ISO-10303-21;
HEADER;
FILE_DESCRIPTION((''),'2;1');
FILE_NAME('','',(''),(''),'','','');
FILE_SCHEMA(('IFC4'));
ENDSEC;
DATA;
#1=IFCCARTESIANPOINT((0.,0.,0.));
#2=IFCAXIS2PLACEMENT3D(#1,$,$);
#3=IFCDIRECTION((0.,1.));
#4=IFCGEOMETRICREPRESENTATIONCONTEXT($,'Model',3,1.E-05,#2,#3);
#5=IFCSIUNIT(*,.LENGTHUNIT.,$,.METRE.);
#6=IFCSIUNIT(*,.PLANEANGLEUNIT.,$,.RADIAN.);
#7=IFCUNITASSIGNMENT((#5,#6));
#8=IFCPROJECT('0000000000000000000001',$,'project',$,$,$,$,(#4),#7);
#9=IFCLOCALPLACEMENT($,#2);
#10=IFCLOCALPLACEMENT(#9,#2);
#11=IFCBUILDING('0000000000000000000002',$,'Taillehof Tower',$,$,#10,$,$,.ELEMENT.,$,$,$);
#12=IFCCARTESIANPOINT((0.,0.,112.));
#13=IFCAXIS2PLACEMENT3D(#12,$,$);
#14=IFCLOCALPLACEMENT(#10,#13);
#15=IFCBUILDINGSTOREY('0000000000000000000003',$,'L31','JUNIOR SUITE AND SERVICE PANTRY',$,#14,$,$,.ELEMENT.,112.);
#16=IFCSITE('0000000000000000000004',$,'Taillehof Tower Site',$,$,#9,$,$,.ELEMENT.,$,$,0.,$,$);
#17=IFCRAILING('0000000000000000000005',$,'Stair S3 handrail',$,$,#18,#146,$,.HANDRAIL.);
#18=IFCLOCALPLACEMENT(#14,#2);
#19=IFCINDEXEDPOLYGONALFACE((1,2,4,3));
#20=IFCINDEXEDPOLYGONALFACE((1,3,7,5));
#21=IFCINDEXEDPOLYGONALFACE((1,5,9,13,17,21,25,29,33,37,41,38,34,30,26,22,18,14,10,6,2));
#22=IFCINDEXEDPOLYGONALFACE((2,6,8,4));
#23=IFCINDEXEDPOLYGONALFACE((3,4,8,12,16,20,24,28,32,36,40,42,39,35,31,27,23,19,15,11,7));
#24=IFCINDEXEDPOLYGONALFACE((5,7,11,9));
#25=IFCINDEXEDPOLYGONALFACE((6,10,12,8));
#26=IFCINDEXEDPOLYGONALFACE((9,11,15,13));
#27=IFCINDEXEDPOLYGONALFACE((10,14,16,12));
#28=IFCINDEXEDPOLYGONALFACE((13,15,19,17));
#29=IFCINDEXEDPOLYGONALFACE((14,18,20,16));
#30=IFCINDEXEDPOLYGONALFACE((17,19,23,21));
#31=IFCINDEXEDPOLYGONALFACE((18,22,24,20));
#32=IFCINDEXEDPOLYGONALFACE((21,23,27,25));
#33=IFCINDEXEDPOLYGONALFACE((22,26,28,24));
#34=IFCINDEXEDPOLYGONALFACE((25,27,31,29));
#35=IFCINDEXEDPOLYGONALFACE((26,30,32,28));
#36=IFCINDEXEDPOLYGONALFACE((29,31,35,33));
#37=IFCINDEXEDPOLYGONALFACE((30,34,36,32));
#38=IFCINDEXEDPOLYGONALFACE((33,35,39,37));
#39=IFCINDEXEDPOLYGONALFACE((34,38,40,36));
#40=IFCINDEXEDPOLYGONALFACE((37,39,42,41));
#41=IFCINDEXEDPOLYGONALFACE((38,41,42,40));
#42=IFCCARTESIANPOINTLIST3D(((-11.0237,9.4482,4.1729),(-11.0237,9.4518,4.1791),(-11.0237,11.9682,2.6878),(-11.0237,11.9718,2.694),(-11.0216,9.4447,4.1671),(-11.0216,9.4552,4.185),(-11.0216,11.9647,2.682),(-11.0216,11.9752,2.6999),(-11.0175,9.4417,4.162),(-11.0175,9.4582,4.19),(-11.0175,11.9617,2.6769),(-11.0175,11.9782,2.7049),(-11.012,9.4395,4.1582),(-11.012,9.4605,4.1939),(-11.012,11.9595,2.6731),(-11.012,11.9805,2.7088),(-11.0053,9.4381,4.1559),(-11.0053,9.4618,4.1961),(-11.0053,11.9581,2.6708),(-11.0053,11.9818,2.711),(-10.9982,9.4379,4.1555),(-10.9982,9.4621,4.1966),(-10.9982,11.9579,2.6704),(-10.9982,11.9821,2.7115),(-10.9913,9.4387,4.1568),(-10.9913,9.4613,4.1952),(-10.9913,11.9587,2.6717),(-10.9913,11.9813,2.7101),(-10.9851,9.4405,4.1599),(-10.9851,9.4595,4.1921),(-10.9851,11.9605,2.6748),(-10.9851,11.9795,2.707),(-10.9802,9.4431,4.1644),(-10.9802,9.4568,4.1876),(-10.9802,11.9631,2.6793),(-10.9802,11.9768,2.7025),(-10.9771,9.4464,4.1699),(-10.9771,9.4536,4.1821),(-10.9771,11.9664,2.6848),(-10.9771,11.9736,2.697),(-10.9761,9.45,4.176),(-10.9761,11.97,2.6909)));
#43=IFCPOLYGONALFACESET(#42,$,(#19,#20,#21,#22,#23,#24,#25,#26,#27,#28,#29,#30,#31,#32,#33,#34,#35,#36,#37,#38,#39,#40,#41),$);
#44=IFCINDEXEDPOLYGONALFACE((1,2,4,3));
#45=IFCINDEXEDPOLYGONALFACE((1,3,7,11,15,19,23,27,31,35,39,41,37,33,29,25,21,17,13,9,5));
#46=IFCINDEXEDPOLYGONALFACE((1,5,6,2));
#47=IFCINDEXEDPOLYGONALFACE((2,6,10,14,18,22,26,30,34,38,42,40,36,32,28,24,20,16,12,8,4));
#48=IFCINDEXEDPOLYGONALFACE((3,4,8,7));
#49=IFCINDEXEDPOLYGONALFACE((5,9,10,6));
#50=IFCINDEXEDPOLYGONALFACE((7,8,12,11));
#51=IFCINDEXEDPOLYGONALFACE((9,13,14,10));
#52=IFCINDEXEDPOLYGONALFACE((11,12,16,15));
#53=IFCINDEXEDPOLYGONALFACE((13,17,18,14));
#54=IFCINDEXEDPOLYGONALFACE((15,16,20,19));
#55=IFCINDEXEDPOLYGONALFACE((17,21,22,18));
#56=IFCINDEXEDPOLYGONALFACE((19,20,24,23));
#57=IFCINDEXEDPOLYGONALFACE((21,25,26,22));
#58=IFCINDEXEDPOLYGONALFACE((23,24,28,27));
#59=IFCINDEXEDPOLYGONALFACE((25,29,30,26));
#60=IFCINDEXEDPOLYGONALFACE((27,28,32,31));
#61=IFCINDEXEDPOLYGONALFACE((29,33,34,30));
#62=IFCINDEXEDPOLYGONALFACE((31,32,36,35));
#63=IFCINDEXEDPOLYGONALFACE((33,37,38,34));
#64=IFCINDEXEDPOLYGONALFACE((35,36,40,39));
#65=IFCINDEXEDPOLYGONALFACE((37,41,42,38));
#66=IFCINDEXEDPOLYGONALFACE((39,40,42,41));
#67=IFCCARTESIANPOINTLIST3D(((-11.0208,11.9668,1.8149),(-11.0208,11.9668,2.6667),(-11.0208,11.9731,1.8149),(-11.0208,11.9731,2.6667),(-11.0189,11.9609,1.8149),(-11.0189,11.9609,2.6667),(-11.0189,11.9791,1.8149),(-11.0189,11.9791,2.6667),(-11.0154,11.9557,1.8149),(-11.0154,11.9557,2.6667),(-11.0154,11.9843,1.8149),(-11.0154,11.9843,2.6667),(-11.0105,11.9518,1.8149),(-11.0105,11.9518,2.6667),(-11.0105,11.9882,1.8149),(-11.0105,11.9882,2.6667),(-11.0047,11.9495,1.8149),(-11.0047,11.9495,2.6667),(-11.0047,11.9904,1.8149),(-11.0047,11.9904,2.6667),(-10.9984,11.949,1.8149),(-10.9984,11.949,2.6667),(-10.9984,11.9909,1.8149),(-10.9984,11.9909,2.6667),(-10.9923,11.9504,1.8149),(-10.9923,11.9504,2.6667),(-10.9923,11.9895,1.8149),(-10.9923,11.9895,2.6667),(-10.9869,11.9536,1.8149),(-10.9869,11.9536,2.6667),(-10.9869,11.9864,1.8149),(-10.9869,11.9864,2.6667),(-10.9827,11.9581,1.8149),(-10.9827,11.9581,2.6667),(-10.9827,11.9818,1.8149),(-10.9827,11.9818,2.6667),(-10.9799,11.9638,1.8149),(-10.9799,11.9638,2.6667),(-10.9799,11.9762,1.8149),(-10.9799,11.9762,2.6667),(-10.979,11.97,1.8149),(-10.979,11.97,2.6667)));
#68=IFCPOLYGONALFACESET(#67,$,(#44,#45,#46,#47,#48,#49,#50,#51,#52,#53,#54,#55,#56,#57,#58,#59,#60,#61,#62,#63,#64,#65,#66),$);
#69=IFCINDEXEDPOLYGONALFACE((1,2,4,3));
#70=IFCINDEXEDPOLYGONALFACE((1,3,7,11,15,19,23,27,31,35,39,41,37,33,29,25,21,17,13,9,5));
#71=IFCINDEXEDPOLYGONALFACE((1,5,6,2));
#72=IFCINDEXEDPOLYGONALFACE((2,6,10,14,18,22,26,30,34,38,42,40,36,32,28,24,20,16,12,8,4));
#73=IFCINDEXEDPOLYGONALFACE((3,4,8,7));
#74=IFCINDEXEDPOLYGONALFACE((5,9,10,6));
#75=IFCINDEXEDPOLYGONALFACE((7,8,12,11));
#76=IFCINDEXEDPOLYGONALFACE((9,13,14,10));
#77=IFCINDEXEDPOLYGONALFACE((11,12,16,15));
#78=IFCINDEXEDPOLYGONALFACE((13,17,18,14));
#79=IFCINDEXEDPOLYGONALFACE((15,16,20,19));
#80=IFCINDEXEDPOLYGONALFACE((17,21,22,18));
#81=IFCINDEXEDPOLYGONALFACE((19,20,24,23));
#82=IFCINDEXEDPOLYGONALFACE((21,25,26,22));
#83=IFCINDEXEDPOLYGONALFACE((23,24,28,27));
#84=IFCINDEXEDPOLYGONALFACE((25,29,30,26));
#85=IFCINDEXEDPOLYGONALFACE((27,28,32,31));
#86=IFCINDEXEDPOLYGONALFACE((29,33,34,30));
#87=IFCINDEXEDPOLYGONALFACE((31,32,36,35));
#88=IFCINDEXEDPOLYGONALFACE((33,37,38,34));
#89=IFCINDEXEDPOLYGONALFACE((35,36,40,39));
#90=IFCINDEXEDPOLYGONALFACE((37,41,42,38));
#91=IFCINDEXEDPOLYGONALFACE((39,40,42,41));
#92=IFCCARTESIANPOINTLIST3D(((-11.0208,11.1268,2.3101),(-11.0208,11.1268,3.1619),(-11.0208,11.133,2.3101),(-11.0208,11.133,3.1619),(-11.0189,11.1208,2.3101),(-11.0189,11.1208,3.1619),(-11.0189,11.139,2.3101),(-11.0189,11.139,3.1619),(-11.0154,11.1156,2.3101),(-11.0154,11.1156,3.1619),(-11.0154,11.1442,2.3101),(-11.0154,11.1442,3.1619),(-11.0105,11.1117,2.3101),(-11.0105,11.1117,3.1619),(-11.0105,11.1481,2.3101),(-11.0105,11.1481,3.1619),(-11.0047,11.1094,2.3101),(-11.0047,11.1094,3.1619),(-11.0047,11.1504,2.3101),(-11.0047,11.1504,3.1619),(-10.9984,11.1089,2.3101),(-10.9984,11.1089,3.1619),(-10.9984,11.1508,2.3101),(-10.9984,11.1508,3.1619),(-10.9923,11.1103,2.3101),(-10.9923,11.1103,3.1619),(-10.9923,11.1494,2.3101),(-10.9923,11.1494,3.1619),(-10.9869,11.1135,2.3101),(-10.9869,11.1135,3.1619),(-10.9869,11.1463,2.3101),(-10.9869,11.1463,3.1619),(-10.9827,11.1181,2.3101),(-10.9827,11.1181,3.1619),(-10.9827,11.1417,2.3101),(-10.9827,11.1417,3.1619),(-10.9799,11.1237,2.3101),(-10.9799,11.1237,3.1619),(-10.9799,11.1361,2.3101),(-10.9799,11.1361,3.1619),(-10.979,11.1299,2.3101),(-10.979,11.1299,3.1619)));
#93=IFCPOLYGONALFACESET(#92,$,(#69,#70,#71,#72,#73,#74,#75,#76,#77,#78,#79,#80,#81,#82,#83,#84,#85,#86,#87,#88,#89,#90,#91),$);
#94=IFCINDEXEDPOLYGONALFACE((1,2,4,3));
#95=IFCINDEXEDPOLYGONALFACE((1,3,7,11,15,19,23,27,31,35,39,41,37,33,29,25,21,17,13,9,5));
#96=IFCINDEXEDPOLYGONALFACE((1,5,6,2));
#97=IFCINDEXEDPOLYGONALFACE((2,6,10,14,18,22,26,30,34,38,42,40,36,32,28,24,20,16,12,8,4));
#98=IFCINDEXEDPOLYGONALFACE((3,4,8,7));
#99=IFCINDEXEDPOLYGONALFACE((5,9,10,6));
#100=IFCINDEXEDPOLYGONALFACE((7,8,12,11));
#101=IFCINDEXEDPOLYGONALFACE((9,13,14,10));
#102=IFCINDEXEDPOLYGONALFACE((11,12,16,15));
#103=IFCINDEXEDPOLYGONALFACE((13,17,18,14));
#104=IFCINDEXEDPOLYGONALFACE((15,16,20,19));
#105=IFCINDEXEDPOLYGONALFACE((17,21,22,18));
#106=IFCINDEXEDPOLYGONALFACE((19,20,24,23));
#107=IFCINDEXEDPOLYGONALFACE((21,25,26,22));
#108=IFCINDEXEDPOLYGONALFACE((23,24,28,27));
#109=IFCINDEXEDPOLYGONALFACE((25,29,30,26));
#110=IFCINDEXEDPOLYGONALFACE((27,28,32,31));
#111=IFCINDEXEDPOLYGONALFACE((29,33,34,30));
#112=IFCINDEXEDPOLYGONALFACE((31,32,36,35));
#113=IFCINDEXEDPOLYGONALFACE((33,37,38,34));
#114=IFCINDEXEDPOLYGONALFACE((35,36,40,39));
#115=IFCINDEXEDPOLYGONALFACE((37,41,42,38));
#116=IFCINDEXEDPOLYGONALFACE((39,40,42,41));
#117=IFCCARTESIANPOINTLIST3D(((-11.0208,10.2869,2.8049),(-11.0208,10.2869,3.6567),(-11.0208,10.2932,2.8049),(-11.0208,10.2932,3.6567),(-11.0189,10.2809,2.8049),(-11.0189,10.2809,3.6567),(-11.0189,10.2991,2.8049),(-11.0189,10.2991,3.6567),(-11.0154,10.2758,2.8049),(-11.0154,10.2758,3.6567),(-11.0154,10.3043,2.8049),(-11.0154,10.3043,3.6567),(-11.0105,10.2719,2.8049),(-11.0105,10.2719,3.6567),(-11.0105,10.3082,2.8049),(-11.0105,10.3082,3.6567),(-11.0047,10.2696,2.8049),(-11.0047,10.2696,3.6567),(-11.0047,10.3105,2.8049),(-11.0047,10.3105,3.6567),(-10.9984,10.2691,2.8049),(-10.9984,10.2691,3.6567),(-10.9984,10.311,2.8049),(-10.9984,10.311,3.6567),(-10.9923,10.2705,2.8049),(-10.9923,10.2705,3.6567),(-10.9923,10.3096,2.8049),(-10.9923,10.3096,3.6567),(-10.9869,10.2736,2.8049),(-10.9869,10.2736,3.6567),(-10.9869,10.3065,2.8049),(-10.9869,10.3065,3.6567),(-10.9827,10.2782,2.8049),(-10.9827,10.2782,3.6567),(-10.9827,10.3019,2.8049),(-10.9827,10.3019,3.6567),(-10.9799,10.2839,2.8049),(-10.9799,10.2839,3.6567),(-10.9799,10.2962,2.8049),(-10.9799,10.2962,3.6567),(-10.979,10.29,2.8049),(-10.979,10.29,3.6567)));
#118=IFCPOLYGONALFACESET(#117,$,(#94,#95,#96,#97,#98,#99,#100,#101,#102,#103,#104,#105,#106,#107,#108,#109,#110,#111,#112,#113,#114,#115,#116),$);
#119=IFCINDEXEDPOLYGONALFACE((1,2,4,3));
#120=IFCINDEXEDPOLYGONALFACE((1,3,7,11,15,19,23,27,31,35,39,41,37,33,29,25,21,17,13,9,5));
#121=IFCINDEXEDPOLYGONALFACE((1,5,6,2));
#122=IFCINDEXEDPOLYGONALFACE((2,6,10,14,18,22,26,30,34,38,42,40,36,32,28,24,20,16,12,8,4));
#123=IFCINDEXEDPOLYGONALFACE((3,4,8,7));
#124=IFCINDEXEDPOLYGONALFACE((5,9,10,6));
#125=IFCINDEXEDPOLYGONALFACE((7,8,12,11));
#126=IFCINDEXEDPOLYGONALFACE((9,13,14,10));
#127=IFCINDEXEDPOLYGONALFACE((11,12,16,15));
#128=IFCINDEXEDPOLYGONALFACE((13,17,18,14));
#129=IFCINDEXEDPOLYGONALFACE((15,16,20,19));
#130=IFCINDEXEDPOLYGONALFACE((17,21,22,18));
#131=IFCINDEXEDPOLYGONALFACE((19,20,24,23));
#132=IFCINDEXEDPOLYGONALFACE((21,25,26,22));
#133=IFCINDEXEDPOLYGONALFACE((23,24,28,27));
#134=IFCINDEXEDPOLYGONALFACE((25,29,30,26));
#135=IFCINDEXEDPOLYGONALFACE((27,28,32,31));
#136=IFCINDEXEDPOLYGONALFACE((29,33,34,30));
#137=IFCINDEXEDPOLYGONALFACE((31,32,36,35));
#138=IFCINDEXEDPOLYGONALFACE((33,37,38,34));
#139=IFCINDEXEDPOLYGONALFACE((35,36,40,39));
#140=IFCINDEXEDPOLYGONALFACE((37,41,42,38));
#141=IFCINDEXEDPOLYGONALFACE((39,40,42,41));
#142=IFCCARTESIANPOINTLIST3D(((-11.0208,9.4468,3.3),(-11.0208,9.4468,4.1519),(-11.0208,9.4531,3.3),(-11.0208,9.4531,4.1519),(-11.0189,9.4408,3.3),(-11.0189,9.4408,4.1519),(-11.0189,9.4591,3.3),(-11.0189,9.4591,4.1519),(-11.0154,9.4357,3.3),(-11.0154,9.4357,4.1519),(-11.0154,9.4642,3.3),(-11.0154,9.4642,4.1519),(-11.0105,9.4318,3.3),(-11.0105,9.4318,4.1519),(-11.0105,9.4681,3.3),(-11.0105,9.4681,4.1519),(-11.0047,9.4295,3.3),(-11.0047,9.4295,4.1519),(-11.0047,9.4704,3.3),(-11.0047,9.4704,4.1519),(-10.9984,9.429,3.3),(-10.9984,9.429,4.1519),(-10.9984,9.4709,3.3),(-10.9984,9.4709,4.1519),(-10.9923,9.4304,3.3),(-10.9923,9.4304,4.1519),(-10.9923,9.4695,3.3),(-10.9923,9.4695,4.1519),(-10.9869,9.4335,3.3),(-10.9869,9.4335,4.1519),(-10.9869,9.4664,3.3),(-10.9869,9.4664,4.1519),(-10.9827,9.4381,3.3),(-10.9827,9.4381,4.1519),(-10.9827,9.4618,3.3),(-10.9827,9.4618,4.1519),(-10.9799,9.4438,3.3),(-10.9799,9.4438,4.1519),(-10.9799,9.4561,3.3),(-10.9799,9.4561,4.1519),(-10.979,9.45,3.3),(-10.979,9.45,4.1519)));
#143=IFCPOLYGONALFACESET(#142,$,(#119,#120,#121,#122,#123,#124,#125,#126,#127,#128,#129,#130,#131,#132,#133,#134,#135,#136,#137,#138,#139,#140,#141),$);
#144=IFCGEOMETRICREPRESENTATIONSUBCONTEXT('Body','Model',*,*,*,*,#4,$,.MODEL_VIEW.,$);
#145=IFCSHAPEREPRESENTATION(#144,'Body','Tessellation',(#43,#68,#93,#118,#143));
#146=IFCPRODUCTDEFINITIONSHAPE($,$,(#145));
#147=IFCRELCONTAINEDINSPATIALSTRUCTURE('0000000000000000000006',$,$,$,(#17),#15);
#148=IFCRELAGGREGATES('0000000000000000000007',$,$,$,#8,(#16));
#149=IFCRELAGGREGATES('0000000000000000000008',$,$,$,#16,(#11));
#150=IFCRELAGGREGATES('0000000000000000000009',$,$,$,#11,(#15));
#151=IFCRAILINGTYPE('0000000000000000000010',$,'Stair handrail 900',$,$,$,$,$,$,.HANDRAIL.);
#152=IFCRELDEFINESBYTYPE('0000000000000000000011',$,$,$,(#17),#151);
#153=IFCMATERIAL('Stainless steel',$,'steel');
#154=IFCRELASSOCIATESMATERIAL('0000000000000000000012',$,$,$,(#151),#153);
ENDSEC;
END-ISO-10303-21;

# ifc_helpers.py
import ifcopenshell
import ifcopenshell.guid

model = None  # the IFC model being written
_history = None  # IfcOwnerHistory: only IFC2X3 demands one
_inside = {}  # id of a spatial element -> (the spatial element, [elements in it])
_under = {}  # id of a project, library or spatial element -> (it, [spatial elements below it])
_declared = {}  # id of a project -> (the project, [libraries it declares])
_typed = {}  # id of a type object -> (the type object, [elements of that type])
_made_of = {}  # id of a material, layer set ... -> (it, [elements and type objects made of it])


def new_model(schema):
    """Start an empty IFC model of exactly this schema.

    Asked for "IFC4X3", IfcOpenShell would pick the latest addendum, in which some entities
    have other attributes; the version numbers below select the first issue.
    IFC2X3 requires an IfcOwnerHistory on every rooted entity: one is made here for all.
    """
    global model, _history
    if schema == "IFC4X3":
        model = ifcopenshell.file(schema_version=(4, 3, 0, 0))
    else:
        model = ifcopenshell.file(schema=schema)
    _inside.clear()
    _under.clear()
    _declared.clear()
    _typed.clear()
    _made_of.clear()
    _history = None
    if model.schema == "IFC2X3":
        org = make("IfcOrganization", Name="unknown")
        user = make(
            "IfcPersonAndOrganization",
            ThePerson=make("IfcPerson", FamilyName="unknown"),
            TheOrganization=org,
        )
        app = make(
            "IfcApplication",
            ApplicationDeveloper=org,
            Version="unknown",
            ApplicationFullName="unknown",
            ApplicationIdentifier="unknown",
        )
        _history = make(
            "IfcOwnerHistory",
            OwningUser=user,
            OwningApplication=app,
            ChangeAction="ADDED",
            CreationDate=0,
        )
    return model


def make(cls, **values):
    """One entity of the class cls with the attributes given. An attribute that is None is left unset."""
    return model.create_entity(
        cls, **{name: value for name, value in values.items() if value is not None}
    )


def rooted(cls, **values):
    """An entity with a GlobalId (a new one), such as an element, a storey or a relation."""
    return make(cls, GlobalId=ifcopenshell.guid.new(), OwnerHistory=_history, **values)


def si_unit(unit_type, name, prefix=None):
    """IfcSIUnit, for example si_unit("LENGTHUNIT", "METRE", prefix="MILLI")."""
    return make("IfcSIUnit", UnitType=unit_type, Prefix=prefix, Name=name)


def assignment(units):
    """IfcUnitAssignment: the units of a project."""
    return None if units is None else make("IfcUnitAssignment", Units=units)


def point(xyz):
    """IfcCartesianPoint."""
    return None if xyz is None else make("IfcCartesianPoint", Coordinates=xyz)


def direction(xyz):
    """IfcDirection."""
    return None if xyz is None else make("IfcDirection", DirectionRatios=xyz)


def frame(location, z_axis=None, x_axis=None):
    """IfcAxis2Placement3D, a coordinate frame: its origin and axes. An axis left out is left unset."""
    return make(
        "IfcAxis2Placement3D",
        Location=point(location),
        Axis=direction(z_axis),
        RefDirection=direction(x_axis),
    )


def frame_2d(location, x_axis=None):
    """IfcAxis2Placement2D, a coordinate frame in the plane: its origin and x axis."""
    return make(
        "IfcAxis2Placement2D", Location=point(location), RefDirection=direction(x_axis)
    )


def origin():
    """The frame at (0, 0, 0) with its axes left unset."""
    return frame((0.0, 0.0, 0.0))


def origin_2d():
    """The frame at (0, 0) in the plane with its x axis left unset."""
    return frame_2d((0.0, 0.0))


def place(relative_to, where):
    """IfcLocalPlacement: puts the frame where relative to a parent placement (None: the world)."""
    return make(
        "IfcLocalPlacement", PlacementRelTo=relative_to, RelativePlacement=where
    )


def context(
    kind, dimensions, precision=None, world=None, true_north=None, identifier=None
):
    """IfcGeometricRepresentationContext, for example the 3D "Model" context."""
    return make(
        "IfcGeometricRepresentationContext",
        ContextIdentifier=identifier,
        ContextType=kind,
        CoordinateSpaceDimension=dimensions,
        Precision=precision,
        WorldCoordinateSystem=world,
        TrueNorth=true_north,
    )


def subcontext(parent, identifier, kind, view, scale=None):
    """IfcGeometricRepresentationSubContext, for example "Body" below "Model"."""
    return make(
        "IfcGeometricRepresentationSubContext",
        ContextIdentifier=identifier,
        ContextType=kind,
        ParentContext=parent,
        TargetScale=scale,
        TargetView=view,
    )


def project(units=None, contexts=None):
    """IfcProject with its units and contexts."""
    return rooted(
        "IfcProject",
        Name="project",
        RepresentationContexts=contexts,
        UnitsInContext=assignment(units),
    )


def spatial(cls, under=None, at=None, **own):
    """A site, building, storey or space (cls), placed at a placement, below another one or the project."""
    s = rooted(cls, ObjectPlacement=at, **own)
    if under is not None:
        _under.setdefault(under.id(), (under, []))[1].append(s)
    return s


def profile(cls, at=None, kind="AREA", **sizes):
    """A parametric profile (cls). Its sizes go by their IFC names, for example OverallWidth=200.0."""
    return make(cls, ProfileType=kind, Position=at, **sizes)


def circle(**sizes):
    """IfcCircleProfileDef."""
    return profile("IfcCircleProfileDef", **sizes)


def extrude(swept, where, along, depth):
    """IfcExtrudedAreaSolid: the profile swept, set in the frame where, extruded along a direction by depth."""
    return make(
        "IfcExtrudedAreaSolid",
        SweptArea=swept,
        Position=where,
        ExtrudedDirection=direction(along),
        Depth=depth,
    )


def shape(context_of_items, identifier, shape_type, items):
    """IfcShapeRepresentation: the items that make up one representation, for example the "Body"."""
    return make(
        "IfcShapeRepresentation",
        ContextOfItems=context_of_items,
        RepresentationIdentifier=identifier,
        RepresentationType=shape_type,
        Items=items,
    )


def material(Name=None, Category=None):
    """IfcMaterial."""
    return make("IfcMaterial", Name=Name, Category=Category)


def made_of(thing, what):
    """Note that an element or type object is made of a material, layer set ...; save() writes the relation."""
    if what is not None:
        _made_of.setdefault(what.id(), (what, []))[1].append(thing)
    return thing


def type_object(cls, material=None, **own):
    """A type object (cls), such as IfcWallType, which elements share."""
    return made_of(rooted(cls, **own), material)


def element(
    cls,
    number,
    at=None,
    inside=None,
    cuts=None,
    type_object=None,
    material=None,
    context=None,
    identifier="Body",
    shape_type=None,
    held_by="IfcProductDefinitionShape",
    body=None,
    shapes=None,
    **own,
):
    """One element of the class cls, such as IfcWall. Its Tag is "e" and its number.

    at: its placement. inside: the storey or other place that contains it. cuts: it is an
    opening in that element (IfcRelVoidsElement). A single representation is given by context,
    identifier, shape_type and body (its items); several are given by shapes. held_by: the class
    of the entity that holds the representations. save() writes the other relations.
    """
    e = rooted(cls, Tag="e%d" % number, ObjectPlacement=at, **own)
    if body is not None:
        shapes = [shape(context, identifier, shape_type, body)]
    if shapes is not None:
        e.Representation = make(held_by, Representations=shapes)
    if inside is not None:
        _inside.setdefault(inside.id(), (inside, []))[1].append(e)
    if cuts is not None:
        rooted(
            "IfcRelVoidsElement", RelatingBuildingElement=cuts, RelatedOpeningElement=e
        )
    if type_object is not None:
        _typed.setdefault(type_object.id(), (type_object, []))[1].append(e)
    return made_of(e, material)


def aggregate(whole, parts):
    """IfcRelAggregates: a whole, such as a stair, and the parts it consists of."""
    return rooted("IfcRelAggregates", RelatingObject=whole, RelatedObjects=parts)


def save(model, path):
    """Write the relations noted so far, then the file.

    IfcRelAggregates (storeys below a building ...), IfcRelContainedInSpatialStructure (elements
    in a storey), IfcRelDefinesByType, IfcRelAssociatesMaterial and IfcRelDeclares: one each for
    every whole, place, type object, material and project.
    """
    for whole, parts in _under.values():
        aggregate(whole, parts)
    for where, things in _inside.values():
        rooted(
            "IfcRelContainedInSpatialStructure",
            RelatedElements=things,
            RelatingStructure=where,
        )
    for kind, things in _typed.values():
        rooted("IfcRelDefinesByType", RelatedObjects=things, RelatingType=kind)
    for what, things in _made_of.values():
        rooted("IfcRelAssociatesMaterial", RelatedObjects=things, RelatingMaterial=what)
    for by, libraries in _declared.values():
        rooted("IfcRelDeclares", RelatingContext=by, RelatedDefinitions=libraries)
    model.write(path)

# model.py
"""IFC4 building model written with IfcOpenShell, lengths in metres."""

from ifc_helpers import new_model, si_unit, direction, frame, origin, origin_2d, place, context, subcontext, project, spatial, circle, extrude, material, type_object, element, save


model = new_model("IFC4")

# Units and contexts
model_context = context("Model", 3, precision=1e-05, world=origin(), true_north=direction((0.0, 1.0)))
body_context = subcontext(model_context, "Body", "Model", "MODEL_VIEW")
ifc_project = project(units=[si_unit("LENGTHUNIT", "METRE"), si_unit("PLANEANGLEUNIT", "RADIAN")], contexts=[model_context])

# Site, building, storey
site_placement = place(None, origin())
site = spatial("IfcSite", under=ifc_project, at=site_placement, Name="Taillehof Tower Site", CompositionType="ELEMENT", RefElevation=0.0)
building_placement = place(site_placement, origin())
building = spatial("IfcBuilding", under=site, at=building_placement, Name="Taillehof Tower", CompositionType="ELEMENT")
storey_placement = place(building_placement, frame((0.0, 0.0, 112.0)))
storey = spatial("IfcBuildingStorey", under=building, at=storey_placement, Name="L31", Description="JUNIOR SUITE AND SERVICE PANTRY", CompositionType="ELEMENT", Elevation=112.0)

# Railing
ifc_material_1 = material(Name="Stainless steel", Category="steel")
railing_type = type_object("IfcRailingType", Name="Stair handrail 900", PredefinedType="HANDRAIL", material=ifc_material_1)
railing_placement = place(storey_placement, frame((-11.0, 11.97, 1.8149)))
element("IfcRailing", 1, at=railing_placement, inside=storey, type_object=railing_type, Name="Stair S3 handrail", PredefinedType="HANDRAIL", context=body_context, shape_type="SweptSolid", body=[
    extrude(circle(Radius=0.0239, at=origin_2d()), frame((0.0, 0.0, 0.876), z_axis=(0.0, -0.861524, 0.507717), x_axis=(1.0, 0.0, 0.0)), (0.0, 0.0, 1.0), 2.925),
    extrude(circle(Radius=0.021, at=origin_2d()), origin(), (0.0, 0.0, 1.0), 0.8518),
    extrude(circle(Radius=0.021, at=origin_2d()), frame((0.0, -0.8401, 0.4951)), (0.0, 0.0, 1.0), 0.8518),
    extrude(circle(Radius=0.021, at=origin_2d()), frame((0.0, -1.6799, 0.99)), (0.0, 0.0, 1.0), 0.8518),
    extrude(circle(Radius=0.021, at=origin_2d()), frame((0.0, -2.52, 1.4851)), (0.0, 0.0, 1.0), 0.8518),
])

save(model, "model.ifc")
